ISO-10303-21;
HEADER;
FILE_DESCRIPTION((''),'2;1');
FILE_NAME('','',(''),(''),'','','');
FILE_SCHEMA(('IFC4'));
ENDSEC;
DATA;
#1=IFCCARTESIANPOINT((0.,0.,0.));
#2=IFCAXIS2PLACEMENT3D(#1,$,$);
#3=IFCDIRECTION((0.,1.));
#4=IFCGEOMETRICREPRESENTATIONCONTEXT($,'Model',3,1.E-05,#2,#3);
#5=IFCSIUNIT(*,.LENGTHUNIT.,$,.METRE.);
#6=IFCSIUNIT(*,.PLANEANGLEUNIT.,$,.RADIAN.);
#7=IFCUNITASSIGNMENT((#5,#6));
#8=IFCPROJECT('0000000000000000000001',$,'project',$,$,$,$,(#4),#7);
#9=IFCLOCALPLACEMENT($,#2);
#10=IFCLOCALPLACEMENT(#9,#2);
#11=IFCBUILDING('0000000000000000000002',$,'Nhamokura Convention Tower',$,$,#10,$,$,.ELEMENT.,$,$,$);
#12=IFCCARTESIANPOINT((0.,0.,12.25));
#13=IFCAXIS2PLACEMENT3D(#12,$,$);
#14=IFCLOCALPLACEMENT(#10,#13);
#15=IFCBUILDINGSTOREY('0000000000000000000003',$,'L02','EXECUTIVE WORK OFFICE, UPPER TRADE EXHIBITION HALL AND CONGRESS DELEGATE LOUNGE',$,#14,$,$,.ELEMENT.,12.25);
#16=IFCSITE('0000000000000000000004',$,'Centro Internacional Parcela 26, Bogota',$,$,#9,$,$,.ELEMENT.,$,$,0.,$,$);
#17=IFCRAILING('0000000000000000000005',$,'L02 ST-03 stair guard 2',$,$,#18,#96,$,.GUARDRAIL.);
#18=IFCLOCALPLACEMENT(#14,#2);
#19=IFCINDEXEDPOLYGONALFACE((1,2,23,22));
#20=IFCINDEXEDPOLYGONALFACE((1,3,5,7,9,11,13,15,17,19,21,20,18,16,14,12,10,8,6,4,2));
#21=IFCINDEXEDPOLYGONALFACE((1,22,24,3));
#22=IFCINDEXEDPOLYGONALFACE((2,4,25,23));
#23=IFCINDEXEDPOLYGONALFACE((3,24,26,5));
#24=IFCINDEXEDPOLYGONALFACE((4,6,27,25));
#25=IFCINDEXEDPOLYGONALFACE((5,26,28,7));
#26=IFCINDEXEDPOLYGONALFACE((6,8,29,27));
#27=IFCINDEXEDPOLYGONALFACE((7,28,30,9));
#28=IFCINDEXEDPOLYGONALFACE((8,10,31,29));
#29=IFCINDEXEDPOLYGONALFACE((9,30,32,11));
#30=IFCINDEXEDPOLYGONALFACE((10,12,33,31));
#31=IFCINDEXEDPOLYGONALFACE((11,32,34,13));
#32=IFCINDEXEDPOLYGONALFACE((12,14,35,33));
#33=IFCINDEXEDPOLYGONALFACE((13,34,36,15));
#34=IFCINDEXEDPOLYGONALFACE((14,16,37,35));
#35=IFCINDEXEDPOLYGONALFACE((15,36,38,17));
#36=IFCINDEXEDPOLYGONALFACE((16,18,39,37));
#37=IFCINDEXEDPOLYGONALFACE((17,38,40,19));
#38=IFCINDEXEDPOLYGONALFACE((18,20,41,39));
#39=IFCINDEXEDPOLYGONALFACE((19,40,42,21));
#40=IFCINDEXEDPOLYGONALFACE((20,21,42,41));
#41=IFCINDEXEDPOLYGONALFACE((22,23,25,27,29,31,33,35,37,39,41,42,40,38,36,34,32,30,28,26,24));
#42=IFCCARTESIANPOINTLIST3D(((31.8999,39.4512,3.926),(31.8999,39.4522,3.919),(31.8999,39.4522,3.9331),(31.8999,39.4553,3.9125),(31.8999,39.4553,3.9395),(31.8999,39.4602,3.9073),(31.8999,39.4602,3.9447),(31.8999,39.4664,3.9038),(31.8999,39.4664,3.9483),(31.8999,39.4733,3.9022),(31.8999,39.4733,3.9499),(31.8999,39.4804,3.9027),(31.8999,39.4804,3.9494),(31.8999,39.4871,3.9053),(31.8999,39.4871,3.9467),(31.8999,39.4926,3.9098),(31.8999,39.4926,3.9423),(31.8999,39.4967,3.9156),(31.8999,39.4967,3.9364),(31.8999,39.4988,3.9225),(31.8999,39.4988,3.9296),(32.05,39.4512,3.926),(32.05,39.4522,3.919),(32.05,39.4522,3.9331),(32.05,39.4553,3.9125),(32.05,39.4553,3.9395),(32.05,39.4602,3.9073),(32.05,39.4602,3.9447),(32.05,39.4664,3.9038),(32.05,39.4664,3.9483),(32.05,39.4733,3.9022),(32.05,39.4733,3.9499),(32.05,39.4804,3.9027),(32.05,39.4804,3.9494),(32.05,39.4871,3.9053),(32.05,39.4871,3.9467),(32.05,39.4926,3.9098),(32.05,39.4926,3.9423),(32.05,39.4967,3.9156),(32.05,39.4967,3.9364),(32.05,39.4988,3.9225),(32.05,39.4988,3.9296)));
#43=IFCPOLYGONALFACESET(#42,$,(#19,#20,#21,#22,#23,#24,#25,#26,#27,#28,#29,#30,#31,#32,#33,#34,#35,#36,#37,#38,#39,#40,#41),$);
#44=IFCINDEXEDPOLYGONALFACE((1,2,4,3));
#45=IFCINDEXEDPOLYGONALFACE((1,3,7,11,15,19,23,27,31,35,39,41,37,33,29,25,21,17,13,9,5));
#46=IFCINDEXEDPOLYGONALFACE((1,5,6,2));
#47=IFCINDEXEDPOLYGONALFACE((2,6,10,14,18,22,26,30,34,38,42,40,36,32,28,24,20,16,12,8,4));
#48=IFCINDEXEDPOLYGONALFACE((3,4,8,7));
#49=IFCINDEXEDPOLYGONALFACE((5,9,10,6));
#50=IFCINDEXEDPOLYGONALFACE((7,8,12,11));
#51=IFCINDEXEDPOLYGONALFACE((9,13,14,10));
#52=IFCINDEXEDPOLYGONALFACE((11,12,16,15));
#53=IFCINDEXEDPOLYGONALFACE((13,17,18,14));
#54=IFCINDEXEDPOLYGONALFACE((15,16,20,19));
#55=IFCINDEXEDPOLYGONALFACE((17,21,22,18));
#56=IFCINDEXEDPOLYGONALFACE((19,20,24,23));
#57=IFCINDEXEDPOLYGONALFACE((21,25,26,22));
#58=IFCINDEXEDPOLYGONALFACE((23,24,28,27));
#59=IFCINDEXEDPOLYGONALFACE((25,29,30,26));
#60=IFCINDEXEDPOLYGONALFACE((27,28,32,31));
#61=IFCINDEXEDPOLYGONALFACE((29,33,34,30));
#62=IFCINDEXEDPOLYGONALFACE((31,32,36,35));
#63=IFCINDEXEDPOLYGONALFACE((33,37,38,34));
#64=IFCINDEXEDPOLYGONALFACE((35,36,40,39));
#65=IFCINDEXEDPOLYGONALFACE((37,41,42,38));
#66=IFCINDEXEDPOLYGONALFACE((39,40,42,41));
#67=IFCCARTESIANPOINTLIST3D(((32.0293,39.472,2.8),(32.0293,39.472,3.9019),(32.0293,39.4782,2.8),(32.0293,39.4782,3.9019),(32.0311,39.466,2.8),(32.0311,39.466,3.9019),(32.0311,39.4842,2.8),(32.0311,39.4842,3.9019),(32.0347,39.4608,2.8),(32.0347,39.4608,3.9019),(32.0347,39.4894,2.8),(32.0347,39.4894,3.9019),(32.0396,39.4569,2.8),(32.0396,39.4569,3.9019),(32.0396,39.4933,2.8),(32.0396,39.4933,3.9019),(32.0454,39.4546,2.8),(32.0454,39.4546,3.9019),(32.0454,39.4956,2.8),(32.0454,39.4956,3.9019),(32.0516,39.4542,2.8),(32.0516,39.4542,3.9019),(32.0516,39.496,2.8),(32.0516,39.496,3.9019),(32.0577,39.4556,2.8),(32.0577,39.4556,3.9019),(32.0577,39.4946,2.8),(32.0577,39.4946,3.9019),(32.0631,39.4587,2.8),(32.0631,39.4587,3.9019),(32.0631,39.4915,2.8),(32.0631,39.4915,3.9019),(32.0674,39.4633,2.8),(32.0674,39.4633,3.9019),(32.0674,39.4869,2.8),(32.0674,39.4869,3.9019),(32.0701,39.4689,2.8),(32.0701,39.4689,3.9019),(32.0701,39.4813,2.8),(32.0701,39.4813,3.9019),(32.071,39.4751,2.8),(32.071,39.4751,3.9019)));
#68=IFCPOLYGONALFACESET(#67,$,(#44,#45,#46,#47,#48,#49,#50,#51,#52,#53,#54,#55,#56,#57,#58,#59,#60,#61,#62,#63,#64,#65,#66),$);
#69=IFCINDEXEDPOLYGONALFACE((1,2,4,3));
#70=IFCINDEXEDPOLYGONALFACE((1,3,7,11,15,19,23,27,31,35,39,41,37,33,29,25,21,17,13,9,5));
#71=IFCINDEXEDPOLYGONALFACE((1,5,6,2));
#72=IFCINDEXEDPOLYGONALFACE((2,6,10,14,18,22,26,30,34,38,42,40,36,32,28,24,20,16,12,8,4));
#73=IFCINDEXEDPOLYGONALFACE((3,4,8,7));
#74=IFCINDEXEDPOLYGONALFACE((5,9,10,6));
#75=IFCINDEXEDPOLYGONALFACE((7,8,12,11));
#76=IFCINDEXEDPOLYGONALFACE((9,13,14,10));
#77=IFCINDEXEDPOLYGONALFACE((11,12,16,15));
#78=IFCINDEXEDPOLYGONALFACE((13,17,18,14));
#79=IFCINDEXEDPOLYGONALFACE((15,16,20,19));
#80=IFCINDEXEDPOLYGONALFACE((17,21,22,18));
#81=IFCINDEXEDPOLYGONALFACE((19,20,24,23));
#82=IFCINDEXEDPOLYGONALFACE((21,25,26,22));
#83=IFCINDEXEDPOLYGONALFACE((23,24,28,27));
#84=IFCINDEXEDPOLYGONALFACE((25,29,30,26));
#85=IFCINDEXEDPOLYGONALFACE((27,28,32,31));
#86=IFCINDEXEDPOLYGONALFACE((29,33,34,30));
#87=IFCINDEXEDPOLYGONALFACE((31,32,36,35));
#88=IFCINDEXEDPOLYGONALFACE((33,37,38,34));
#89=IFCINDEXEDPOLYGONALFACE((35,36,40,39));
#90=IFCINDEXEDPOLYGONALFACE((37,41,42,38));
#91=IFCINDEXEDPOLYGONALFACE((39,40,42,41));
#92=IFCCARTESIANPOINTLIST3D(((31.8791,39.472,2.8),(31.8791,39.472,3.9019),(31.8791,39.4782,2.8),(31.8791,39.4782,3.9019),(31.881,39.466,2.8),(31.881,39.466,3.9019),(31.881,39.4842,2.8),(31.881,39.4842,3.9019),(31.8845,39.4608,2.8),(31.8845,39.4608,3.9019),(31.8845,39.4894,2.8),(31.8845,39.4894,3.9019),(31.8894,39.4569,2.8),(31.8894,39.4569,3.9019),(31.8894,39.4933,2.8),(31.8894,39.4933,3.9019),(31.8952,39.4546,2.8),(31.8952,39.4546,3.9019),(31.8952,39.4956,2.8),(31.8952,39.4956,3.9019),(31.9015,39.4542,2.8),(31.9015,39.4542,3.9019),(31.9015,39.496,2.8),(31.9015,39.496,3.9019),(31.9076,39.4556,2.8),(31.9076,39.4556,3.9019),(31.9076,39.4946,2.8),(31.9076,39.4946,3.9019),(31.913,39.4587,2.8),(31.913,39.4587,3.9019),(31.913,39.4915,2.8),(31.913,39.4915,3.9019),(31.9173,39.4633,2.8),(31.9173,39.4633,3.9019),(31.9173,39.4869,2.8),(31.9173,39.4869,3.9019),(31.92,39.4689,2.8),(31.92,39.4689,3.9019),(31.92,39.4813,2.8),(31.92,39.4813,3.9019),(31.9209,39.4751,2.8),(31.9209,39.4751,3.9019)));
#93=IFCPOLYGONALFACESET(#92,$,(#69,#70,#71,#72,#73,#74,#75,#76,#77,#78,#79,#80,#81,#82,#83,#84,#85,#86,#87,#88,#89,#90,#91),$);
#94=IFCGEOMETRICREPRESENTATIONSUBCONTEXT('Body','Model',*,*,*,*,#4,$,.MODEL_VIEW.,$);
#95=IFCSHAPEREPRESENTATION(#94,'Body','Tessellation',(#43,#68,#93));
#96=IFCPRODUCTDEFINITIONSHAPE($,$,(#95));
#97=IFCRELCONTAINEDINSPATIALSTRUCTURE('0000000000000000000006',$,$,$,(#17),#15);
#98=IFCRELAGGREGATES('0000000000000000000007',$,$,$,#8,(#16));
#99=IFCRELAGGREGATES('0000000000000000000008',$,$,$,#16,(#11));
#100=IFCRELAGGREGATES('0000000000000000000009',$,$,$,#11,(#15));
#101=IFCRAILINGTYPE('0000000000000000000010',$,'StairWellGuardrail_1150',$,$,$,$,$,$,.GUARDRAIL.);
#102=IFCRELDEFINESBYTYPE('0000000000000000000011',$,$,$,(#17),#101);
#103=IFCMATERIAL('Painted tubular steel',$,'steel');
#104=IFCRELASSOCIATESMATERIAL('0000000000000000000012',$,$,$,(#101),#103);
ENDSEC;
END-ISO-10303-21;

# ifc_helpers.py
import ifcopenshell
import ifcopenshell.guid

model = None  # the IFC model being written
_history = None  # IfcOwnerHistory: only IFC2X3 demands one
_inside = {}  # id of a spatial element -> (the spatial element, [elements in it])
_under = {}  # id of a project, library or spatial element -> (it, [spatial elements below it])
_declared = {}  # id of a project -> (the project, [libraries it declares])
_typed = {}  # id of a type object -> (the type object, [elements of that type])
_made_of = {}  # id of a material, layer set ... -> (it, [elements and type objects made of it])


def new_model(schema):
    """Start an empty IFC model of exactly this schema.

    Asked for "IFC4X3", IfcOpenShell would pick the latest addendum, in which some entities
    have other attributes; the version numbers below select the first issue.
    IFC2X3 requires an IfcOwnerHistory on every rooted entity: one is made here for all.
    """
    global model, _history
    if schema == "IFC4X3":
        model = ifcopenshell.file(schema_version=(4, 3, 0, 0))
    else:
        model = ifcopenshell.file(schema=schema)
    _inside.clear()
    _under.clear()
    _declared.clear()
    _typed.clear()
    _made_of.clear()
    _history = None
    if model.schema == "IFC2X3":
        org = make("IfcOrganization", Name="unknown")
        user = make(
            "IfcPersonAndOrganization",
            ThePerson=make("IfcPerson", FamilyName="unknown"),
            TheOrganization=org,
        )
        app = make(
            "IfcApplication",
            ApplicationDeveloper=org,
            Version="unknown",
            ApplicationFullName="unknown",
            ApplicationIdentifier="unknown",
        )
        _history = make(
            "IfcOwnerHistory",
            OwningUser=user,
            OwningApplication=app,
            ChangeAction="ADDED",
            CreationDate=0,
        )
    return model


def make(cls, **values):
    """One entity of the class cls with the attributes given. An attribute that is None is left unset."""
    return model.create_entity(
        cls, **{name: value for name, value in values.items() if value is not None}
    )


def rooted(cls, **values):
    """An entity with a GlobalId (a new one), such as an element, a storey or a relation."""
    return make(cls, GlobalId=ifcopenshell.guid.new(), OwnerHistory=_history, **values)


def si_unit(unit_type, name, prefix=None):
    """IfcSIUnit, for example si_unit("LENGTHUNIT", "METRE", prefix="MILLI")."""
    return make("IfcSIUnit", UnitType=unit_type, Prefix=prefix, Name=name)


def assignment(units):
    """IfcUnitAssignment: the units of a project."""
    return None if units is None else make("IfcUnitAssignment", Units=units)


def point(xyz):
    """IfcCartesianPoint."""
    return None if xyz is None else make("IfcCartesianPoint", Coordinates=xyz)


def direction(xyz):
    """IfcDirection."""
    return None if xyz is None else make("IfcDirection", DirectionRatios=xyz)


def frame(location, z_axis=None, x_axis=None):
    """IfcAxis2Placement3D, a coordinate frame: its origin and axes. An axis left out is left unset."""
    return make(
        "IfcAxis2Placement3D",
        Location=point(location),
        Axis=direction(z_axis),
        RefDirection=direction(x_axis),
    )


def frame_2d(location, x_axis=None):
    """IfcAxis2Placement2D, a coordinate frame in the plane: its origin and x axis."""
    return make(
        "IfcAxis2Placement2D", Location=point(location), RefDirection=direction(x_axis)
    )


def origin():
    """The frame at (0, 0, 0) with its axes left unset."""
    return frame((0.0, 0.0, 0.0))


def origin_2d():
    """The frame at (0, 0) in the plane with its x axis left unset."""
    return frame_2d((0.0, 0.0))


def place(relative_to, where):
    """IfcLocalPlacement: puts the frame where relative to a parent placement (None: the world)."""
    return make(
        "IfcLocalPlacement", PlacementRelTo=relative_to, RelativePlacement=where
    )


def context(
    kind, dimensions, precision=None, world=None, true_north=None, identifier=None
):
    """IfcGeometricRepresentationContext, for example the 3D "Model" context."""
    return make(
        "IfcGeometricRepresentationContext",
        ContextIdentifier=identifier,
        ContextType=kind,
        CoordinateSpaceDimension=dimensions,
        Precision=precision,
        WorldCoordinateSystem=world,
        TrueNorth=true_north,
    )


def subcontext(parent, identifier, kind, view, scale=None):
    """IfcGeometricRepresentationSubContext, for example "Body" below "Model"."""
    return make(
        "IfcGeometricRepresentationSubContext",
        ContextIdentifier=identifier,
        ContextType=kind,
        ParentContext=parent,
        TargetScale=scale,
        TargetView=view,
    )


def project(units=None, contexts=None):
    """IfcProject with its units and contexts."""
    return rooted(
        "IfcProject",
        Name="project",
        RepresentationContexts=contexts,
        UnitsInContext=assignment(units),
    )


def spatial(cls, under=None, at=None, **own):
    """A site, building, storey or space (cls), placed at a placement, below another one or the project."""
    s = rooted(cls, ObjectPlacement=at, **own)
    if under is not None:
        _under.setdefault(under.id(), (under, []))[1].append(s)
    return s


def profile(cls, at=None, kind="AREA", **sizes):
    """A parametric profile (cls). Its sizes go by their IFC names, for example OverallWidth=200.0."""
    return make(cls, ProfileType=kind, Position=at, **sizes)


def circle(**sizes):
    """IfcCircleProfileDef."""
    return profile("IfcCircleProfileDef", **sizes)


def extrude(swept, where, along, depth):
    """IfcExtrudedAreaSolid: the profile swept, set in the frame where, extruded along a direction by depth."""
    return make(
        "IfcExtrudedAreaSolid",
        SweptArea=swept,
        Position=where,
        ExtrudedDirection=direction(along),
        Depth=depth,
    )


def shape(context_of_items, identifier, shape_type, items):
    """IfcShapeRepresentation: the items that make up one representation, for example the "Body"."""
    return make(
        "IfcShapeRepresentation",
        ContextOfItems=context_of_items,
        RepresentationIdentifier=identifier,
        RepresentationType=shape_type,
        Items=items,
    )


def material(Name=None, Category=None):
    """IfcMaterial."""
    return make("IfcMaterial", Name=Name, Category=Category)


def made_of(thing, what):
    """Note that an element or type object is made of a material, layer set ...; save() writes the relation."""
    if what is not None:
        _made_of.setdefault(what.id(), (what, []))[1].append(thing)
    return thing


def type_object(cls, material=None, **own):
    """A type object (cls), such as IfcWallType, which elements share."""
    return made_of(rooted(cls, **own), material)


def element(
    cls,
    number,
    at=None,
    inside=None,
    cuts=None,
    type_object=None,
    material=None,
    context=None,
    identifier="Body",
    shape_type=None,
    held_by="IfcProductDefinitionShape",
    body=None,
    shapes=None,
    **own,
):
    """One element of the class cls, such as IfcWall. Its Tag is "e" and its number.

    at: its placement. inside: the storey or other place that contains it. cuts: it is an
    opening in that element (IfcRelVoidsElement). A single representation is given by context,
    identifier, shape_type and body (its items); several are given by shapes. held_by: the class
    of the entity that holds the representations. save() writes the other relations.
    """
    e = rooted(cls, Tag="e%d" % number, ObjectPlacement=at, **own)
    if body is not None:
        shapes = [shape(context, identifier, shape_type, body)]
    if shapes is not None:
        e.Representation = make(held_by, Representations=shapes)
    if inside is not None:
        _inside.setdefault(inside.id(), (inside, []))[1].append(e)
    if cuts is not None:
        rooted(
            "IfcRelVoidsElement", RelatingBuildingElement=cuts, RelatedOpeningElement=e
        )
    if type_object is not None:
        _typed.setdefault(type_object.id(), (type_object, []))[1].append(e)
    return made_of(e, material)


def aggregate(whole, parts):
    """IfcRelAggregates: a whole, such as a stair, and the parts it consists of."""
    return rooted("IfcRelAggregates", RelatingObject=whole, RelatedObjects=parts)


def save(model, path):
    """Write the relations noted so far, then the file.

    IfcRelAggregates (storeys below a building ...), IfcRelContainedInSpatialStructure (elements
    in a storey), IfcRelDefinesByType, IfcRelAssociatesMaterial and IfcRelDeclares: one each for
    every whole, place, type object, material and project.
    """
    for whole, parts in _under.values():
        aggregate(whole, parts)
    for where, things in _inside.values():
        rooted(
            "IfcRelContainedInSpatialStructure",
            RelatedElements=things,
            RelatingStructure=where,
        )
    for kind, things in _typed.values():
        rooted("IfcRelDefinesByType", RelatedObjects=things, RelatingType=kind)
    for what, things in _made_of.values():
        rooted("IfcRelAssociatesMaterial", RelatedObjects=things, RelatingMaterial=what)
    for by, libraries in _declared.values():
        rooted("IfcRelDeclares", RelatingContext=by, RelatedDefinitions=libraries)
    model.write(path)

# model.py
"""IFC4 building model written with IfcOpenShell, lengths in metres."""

from ifc_helpers import new_model, si_unit, direction, frame, origin, origin_2d, place, context, subcontext, project, spatial, circle, extrude, material, type_object, element, save


model = new_model("IFC4")

# Units and contexts
model_context = context("Model", 3, precision=1e-05, world=origin(), true_north=direction((0.0, 1.0)))
body_context = subcontext(model_context, "Body", "Model", "MODEL_VIEW")
ifc_project = project(units=[si_unit("LENGTHUNIT", "METRE"), si_unit("PLANEANGLEUNIT", "RADIAN")], contexts=[model_context])

# Site, building, storey
site_placement = place(None, origin())
site = spatial("IfcSite", under=ifc_project, at=site_placement, Name="Centro Internacional Parcela 26, Bogota", CompositionType="ELEMENT", RefElevation=0.0)
building_placement = place(site_placement, origin())
building = spatial("IfcBuilding", under=site, at=building_placement, Name="Nhamokura Convention Tower", CompositionType="ELEMENT")
storey_placement = place(building_placement, frame((0.0, 0.0, 12.25)))
storey = spatial("IfcBuildingStorey", under=building, at=storey_placement, Name="L02", Description="EXECUTIVE WORK OFFICE, UPPER TRADE EXHIBITION HALL AND CONGRESS DELEGATE LOUNGE", CompositionType="ELEMENT", Elevation=12.25)

# Railing
ifc_material_1 = material(Name="Painted tubular steel", Category="steel")
railing_type_1 = type_object("IfcRailingType", Name="StairWellGuardrail_1150", PredefinedType="GUARDRAIL", material=ifc_material_1)
railing_1_placement = place(storey_placement, frame((32.05, 39.4751, 2.8)))
element("IfcRailing", 1, at=railing_1_placement, inside=storey, type_object=railing_type_1, Name="L02 ST-03 stair guard 2", PredefinedType="GUARDRAIL", context=body_context, shape_type="SweptSolid", body=[
    extrude(circle(Radius=0.0239, at=origin_2d()), frame((0.0, 0.0, 1.126), z_axis=(-1.0, 0.0, 0.0), x_axis=(0.0, -1.0, 0.0)), (0.0, 0.0, 1.0), 0.1501),
    extrude(circle(Radius=0.021, at=origin_2d()), origin(), (0.0, 0.0, 1.0), 1.1018),
    extrude(circle(Radius=0.021, at=origin_2d()), frame((-0.1501, 0.0, 0.0)), (0.0, 0.0, 1.0), 1.1018),
])

save(model, "model.ifc")
